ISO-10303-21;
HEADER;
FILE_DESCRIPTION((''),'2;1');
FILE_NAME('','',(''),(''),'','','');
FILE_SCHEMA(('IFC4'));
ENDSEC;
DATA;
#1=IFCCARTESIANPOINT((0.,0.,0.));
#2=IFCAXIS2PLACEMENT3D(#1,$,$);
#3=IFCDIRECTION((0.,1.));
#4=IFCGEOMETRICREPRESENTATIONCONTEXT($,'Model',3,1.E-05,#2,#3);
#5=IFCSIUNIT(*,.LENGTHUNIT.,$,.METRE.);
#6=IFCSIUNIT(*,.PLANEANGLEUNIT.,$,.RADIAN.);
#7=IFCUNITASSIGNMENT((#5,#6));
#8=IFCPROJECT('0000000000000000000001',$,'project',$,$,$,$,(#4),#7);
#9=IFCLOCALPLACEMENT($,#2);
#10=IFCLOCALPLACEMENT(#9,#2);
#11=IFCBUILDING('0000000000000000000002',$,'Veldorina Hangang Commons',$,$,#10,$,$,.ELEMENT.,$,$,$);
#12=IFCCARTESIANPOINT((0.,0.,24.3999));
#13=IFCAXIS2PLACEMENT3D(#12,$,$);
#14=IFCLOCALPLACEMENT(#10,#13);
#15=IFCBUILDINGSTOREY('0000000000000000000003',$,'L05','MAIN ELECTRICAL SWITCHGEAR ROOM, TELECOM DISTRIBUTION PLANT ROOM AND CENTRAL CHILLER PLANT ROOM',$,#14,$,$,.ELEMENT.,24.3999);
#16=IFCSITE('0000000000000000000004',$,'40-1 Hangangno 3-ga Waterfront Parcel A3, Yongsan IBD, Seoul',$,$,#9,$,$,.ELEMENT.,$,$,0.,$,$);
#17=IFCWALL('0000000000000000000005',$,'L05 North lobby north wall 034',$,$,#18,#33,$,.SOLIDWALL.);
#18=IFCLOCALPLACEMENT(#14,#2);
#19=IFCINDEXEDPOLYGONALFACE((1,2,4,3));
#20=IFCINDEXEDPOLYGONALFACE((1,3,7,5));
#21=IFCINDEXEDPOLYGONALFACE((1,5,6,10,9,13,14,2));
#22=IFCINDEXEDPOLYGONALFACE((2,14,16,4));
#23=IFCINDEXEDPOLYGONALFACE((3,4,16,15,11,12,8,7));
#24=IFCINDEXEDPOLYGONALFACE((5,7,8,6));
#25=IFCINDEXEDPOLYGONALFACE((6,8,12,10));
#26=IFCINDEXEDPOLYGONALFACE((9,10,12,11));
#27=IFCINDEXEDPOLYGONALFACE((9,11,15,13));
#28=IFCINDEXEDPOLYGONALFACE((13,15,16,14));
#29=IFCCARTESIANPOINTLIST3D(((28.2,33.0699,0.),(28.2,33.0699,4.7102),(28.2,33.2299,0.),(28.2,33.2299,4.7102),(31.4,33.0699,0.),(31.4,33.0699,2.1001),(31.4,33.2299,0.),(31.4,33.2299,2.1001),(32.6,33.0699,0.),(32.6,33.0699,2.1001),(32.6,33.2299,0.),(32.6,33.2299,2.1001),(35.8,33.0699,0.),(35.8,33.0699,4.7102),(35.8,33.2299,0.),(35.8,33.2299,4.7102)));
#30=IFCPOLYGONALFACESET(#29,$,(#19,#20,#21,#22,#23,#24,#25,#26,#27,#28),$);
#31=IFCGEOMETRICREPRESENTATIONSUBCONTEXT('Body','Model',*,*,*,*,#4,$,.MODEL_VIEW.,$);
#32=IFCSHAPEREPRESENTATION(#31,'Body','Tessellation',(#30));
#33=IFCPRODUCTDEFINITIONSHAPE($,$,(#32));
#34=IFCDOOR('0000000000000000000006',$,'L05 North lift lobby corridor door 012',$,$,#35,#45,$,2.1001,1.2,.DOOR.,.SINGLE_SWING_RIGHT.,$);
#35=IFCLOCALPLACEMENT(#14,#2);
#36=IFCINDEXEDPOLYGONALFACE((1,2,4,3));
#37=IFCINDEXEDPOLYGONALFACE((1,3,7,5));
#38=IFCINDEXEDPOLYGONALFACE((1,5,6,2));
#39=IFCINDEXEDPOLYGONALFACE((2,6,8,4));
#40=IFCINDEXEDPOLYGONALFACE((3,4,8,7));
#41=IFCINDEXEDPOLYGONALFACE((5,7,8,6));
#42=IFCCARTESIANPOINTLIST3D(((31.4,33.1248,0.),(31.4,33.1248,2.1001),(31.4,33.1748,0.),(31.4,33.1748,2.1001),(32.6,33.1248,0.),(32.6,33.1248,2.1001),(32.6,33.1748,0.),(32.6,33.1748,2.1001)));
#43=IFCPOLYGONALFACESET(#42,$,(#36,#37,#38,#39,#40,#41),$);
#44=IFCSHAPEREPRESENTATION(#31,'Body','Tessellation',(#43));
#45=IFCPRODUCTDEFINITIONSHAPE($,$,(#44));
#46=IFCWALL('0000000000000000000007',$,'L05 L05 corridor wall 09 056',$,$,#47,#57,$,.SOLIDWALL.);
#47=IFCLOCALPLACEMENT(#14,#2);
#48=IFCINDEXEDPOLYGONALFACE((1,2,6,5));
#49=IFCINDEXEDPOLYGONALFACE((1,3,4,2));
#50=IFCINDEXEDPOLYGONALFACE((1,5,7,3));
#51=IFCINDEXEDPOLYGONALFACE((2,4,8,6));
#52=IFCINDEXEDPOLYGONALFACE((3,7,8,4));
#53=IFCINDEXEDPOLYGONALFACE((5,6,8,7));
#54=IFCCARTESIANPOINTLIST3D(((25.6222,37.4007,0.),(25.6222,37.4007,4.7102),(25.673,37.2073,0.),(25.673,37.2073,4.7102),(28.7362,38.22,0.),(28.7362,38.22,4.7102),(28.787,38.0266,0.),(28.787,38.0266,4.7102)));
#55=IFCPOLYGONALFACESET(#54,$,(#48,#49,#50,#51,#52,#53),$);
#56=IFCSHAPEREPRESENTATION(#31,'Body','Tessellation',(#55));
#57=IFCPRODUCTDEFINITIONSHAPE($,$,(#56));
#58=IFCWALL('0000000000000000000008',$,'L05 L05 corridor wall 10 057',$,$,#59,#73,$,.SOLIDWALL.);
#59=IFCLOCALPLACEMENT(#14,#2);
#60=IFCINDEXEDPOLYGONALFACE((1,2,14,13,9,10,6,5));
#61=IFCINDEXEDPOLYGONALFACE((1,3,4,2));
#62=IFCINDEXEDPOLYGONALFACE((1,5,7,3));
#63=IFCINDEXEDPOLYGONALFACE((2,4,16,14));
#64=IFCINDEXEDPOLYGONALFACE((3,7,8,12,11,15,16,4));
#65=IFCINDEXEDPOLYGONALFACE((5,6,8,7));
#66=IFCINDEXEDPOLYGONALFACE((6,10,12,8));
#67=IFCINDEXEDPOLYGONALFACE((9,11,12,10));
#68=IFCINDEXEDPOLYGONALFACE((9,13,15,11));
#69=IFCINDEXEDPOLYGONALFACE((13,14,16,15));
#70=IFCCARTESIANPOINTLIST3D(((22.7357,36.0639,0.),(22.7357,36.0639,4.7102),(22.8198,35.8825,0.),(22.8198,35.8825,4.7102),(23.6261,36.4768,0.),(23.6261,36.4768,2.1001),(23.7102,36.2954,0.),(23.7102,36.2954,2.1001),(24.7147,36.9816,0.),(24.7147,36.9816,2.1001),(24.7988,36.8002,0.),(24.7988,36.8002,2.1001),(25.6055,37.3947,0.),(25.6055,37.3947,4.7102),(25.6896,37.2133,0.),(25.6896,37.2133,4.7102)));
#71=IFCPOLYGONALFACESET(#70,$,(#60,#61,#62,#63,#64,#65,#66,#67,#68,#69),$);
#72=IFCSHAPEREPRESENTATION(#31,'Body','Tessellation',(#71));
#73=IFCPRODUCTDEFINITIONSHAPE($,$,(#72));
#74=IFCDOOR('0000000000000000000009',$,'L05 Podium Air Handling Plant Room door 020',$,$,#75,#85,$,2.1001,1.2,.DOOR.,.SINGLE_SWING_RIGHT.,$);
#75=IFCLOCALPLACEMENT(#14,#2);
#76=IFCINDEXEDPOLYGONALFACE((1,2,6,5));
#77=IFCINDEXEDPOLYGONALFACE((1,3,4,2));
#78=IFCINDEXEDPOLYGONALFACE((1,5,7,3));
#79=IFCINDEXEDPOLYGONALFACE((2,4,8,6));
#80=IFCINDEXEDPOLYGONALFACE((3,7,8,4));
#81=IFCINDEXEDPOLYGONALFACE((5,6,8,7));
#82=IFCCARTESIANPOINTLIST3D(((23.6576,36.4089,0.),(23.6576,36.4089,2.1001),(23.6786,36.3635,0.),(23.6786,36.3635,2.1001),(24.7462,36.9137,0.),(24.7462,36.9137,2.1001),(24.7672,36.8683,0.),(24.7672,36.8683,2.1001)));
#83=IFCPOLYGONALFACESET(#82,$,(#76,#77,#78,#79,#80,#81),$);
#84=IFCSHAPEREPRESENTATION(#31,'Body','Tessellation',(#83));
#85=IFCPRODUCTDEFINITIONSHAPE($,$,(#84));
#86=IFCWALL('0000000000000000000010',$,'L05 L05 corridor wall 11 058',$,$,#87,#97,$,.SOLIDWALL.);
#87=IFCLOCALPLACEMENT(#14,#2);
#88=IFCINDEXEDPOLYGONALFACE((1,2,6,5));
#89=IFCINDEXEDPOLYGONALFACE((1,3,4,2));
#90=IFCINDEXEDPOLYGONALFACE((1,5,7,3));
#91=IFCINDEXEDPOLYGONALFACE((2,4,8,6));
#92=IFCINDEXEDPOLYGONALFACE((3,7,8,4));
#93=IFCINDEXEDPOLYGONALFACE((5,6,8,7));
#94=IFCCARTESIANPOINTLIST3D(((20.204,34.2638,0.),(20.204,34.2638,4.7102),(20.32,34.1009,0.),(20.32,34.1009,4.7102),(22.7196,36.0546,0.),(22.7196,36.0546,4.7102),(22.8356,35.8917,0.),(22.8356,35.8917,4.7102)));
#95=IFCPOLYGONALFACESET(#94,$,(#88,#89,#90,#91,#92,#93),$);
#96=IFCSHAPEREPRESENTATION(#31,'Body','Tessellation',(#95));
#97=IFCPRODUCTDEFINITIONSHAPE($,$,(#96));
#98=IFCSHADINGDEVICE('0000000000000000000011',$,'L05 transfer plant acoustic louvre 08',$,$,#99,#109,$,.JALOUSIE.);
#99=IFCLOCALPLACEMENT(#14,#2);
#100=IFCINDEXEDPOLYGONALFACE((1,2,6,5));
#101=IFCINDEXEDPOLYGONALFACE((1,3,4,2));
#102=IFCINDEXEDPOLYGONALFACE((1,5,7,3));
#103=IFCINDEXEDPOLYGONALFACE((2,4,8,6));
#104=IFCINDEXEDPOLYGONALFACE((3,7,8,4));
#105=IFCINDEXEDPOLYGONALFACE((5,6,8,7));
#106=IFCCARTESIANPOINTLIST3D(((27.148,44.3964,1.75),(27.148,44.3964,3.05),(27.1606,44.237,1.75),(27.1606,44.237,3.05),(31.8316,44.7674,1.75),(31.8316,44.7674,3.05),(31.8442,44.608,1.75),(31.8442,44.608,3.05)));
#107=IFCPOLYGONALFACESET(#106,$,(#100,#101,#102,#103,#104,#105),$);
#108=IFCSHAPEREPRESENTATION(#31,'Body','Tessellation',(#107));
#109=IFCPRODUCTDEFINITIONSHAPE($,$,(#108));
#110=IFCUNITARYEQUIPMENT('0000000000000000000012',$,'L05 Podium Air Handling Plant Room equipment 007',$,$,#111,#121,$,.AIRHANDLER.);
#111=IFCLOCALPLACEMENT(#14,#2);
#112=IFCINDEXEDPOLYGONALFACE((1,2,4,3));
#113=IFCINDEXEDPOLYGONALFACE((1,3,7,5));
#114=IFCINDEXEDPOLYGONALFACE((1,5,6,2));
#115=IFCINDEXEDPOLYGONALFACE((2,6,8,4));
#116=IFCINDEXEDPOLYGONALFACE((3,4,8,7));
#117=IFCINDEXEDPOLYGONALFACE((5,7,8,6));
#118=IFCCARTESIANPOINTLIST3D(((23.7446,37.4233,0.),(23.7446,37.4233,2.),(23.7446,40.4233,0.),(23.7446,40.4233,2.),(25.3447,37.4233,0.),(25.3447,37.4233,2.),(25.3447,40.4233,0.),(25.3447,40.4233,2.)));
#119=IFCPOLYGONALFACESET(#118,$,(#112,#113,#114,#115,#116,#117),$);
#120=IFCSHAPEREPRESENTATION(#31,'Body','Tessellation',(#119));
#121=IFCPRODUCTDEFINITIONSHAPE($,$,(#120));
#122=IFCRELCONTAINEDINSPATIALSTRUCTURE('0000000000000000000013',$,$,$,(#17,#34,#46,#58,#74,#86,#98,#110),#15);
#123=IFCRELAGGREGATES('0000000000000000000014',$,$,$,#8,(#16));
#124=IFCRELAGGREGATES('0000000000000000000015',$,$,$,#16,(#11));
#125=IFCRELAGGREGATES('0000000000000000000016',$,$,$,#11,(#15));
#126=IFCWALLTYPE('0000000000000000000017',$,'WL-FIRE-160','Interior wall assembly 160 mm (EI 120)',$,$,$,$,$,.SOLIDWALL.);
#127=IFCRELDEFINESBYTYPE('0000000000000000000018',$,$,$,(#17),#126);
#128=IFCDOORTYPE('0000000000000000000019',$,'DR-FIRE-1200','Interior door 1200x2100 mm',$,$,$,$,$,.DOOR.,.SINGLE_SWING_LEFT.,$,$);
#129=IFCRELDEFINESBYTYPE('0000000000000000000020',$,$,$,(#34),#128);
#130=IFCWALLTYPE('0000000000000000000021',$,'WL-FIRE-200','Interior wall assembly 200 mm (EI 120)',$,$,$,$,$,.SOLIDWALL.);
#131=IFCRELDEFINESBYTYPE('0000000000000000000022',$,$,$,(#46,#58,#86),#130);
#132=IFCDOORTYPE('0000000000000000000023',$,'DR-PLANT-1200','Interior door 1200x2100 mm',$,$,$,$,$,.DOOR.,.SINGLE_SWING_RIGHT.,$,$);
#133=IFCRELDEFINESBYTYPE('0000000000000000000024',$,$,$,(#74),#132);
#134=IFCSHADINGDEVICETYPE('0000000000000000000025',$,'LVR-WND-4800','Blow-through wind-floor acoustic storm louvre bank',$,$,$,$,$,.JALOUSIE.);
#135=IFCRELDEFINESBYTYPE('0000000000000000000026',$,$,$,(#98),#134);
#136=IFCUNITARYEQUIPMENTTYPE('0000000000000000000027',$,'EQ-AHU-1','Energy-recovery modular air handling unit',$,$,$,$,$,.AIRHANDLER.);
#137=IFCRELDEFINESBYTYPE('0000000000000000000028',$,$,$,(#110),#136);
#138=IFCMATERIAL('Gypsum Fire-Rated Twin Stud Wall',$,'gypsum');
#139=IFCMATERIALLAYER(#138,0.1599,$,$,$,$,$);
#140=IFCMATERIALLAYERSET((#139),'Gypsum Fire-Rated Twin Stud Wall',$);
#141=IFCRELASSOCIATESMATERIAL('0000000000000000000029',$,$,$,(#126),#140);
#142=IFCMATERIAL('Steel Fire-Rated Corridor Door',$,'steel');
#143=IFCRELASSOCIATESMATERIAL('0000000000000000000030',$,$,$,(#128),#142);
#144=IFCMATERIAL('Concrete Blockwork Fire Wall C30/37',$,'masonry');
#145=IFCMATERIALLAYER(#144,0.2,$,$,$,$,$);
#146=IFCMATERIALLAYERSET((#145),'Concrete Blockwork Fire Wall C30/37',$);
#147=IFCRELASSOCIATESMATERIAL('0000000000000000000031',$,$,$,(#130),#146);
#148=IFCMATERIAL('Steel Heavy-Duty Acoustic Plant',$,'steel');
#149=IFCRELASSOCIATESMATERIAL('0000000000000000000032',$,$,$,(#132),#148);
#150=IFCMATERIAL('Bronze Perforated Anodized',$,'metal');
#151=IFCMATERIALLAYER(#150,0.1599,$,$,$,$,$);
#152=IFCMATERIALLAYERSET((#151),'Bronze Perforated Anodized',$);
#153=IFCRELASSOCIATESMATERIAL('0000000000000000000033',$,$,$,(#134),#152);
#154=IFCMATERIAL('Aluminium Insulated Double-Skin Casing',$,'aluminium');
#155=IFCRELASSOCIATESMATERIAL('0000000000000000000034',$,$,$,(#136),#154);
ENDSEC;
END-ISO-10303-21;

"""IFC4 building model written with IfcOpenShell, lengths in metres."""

from ifc_helpers import new_model, si_unit, direction, frame, frame_2d, origin, origin_2d, place, context, subcontext, project, spatial, rectangle, extrude, material, layer, layer_set, type_object, element, fill, save


model = new_model("IFC4")

# Units and contexts
model_context = context("Model", 3, precision=1e-05, world=origin(), true_north=direction((0.0, 1.0)))
body_context = subcontext(model_context, "Body", "Model", "MODEL_VIEW")
ifc_project = project(units=[si_unit("LENGTHUNIT", "METRE"), si_unit("PLANEANGLEUNIT", "RADIAN")], contexts=[model_context])

# Site, building, storey
site_placement = place(None, origin())
site = spatial("IfcSite", under=ifc_project, at=site_placement, Name="40-1 Hangangno 3-ga Waterfront Parcel A3, Yongsan IBD, Seoul", CompositionType="ELEMENT", RefElevation=0.0)
building_placement = place(site_placement, origin())
building = spatial("IfcBuilding", under=site, at=building_placement, Name="Veldorina Hangang Commons", CompositionType="ELEMENT")
storey_placement = place(building_placement, frame((0.0, 0.0, 24.3999)))
storey = spatial("IfcBuildingStorey", under=building, at=storey_placement, Name="L05", Description="MAIN ELECTRICAL SWITCHGEAR ROOM, TELECOM DISTRIBUTION PLANT ROOM AND CENTRAL CHILLER PLANT ROOM", CompositionType="ELEMENT", Elevation=24.3999)

# Wall, opening, door
ifc_material_1 = material(Name="Gypsum Fire-Rated Twin Stud Wall", Category="gypsum")
ifc_layer_1 = layer(ifc_material_1, 0.1599)
ifc_layer_set_1 = layer_set([ifc_layer_1], Name="Gypsum Fire-Rated Twin Stud Wall")
wall_type_1 = type_object("IfcWallType", Name="WL-FIRE-160", Description="Interior wall assembly 160 mm (EI 120)", PredefinedType="SOLIDWALL", material=ifc_layer_set_1)
wall_1_placement = place(storey_placement, frame((28.2, 33.1499, 0.0), z_axis=(0.0, 0.0, 1.0), x_axis=(1.0, 0.0, 0.0)))
wall_1 = element("IfcWall", 1, at=wall_1_placement, inside=storey, type_object=wall_type_1, Name="L05 North lobby north wall 034", PredefinedType="SOLIDWALL", context=body_context, shape_type="SweptSolid", body=[
    extrude(rectangle(XDim=7.6001, YDim=0.1599, at=frame_2d((3.8, 0.0))), origin(), (0.0, 0.0, 1.0), 4.7102),
])
opening_1_placement = place(wall_1_placement, frame((3.2, 0.0, 0.0)))
opening_1 = element("IfcOpeningElement", 2, at=opening_1_placement, cuts=wall_1, PredefinedType="OPENING", context=body_context, shape_type="SweptSolid", body=[
    extrude(rectangle(XDim=1.2, YDim=2.1001, at=frame_2d((0.6001, 1.05))), frame((0.0, 0.0898, 0.0), z_axis=(0.0, -1.0, 0.0), x_axis=(1.0, 0.0, 0.0)), (0.0, 0.0, 1.0), 0.1799),
])
ifc_material_2 = material(Name="Steel Fire-Rated Corridor Door", Category="steel")
door_type_1 = type_object("IfcDoorType", Name="DR-FIRE-1200", Description="Interior door 1200x2100 mm", OperationType="SINGLE_SWING_LEFT", PredefinedType="DOOR", material=ifc_material_2)
door_1_placement = place(opening_1_placement, origin())
door_1 = element("IfcDoor", 3, at=door_1_placement, inside=storey, type_object=door_type_1, Name="L05 North lift lobby corridor door 012", OperationType="SINGLE_SWING_RIGHT", OverallHeight=2.1001, OverallWidth=1.2, PredefinedType="DOOR", context=body_context, shape_type="SweptSolid", body=[
    extrude(rectangle(XDim=1.2, YDim=2.1001, at=frame_2d((0.6001, 1.05))), frame((0.0, 0.0249, 0.0), z_axis=(0.0, -1.0, 0.0), x_axis=(1.0, 0.0, 0.0)), (0.0, 0.0, 1.0), 0.05),
])
fill(opening_1, door_1)

# Wall
ifc_material_3 = material(Name="Concrete Blockwork Fire Wall C30/37", Category="masonry")
ifc_layer_2 = layer(ifc_material_3, 0.2)
ifc_layer_set_2 = layer_set([ifc_layer_2], Name="Concrete Blockwork Fire Wall C30/37")
wall_type_2 = type_object("IfcWallType", Name="WL-FIRE-200", Description="Interior wall assembly 200 mm (EI 120)", PredefinedType="SOLIDWALL", material=ifc_layer_set_2)
wall_2_placement = place(storey_placement, frame((28.7615, 38.1233, 0.0), z_axis=(0.0, 0.0, 1.0), x_axis=(-0.967085, -0.254452, 0.0)))
element("IfcWall", 4, at=wall_2_placement, inside=storey, type_object=wall_type_2, Name="L05 L05 corridor wall 09 056", PredefinedType="SOLIDWALL", context=body_context, shape_type="SweptSolid", body=[
    extrude(rectangle(XDim=3.22, YDim=0.2, at=frame_2d((1.6099, 0.0))), origin(), (0.0, 0.0, 1.0), 4.7102),
])

# Wall, opening, door
wall_3_placement = place(storey_placement, frame((25.6475, 37.304, 0.0), z_axis=(0.0, 0.0, 1.0), x_axis=(-0.907206, -0.420687, 0.0)))
wall_3 = element("IfcWall", 5, at=wall_3_placement, inside=storey, type_object=wall_type_2, Name="L05 L05 corridor wall 10 057", PredefinedType="SOLIDWALL", context=body_context, shape_type="SweptSolid", body=[
    extrude(rectangle(XDim=3.1633, YDim=0.2, at=frame_2d((1.5815, 0.0))), origin(), (0.0, 0.0, 1.0), 4.7102),
])
opening_2_placement = place(wall_3_placement, frame((0.9817, 0.0, 0.0)))
opening_2 = element("IfcOpeningElement", 6, at=opening_2_placement, cuts=wall_3, PredefinedType="OPENING", context=body_context, shape_type="SweptSolid", body=[
    extrude(rectangle(XDim=1.2, YDim=2.1001, at=frame_2d((0.6001, 1.05))), frame((0.0, 0.1099, 0.0), z_axis=(0.0, -1.0, 0.0), x_axis=(1.0, 0.0, 0.0)), (0.0, 0.0, 1.0), 0.22),
])
ifc_material_4 = material(Name="Steel Heavy-Duty Acoustic Plant", Category="steel")
door_type_2 = type_object("IfcDoorType", Name="DR-PLANT-1200", Description="Interior door 1200x2100 mm", OperationType="SINGLE_SWING_RIGHT", PredefinedType="DOOR", material=ifc_material_4)
door_2_placement = place(opening_2_placement, origin())
door_2 = element("IfcDoor", 7, at=door_2_placement, inside=storey, type_object=door_type_2, Name="L05 Podium Air Handling Plant Room door 020", OperationType="SINGLE_SWING_RIGHT", OverallHeight=2.1001, OverallWidth=1.2, PredefinedType="DOOR", context=body_context, shape_type="SweptSolid", body=[
    extrude(rectangle(XDim=1.2, YDim=2.1001, at=frame_2d((0.6001, 1.05))), frame((0.0, 0.0249, 0.0), z_axis=(0.0, -1.0, 0.0), x_axis=(1.0, 0.0, 0.0)), (0.0, 0.0, 1.0), 0.05),
])
fill(opening_2, door_2)

# Wall
wall_4_placement = place(storey_placement, frame((22.7776, 35.9731, 0.0), z_axis=(0.0, 0.0, 1.0), x_axis=(-0.814667, -0.579929, 0.0)))
element("IfcWall", 8, at=wall_4_placement, inside=storey, type_object=wall_type_2, Name="L05 L05 corridor wall 11 058", PredefinedType="SOLIDWALL", context=body_context, shape_type="SweptSolid", body=[
    extrude(rectangle(XDim=3.0879, YDim=0.2, at=frame_2d((1.5439, 0.0))), origin(), (0.0, 0.0, 1.0), 4.7102),
])

# Shading device
ifc_material_5 = material(Name="Bronze Perforated Anodized", Category="metal")
ifc_layer_3 = layer(ifc_material_5, 0.1599)
ifc_layer_set_3 = layer_set([ifc_layer_3], Name="Bronze Perforated Anodized")
shading_device_type = type_object("IfcShadingDeviceType", Name="LVR-WND-4800", Description="Blow-through wind-floor acoustic storm louvre bank", PredefinedType="JALOUSIE", material=ifc_layer_set_3)
shading_device_placement = place(storey_placement, frame((29.4961, 44.5022, 1.75), z_axis=(0.0, 0.0, 1.0), x_axis=(-0.996877, -0.078964, 0.0)))
element("IfcShadingDevice", 9, at=shading_device_placement, inside=storey, type_object=shading_device_type, Name="L05 transfer plant acoustic louvre 08", PredefinedType="JALOUSIE", context=body_context, shape_type="SweptSolid", body=[
    extrude(rectangle(XDim=4.6982, YDim=0.1599, at=origin_2d()), origin(), (0.0, 0.0, 1.0), 1.3),
])

# Unitary equipment
ifc_material_6 = material(Name="Aluminium Insulated Double-Skin Casing", Category="aluminium")
unitary_equipment_type = type_object("IfcUnitaryEquipmentType", Name="EQ-AHU-1", Description="Energy-recovery modular air handling unit", PredefinedType="AIRHANDLER", material=ifc_material_6)
unitary_equipment_placement = place(storey_placement, frame((24.5447, 38.9233, 0.0), z_axis=(0.0, 0.0, 1.0), x_axis=(1.0, 0.0, 0.0)))
element("IfcUnitaryEquipment", 10, at=unitary_equipment_placement, inside=storey, type_object=unitary_equipment_type, Name="L05 Podium Air Handling Plant Room equipment 007", PredefinedType="AIRHANDLER", context=body_context, shape_type="SweptSolid", body=[
    extrude(rectangle(XDim=1.6001, YDim=3.0, at=origin_2d()), origin(), (0.0, 0.0, 1.0), 2.0),
])

save(model, "model.ifc")
